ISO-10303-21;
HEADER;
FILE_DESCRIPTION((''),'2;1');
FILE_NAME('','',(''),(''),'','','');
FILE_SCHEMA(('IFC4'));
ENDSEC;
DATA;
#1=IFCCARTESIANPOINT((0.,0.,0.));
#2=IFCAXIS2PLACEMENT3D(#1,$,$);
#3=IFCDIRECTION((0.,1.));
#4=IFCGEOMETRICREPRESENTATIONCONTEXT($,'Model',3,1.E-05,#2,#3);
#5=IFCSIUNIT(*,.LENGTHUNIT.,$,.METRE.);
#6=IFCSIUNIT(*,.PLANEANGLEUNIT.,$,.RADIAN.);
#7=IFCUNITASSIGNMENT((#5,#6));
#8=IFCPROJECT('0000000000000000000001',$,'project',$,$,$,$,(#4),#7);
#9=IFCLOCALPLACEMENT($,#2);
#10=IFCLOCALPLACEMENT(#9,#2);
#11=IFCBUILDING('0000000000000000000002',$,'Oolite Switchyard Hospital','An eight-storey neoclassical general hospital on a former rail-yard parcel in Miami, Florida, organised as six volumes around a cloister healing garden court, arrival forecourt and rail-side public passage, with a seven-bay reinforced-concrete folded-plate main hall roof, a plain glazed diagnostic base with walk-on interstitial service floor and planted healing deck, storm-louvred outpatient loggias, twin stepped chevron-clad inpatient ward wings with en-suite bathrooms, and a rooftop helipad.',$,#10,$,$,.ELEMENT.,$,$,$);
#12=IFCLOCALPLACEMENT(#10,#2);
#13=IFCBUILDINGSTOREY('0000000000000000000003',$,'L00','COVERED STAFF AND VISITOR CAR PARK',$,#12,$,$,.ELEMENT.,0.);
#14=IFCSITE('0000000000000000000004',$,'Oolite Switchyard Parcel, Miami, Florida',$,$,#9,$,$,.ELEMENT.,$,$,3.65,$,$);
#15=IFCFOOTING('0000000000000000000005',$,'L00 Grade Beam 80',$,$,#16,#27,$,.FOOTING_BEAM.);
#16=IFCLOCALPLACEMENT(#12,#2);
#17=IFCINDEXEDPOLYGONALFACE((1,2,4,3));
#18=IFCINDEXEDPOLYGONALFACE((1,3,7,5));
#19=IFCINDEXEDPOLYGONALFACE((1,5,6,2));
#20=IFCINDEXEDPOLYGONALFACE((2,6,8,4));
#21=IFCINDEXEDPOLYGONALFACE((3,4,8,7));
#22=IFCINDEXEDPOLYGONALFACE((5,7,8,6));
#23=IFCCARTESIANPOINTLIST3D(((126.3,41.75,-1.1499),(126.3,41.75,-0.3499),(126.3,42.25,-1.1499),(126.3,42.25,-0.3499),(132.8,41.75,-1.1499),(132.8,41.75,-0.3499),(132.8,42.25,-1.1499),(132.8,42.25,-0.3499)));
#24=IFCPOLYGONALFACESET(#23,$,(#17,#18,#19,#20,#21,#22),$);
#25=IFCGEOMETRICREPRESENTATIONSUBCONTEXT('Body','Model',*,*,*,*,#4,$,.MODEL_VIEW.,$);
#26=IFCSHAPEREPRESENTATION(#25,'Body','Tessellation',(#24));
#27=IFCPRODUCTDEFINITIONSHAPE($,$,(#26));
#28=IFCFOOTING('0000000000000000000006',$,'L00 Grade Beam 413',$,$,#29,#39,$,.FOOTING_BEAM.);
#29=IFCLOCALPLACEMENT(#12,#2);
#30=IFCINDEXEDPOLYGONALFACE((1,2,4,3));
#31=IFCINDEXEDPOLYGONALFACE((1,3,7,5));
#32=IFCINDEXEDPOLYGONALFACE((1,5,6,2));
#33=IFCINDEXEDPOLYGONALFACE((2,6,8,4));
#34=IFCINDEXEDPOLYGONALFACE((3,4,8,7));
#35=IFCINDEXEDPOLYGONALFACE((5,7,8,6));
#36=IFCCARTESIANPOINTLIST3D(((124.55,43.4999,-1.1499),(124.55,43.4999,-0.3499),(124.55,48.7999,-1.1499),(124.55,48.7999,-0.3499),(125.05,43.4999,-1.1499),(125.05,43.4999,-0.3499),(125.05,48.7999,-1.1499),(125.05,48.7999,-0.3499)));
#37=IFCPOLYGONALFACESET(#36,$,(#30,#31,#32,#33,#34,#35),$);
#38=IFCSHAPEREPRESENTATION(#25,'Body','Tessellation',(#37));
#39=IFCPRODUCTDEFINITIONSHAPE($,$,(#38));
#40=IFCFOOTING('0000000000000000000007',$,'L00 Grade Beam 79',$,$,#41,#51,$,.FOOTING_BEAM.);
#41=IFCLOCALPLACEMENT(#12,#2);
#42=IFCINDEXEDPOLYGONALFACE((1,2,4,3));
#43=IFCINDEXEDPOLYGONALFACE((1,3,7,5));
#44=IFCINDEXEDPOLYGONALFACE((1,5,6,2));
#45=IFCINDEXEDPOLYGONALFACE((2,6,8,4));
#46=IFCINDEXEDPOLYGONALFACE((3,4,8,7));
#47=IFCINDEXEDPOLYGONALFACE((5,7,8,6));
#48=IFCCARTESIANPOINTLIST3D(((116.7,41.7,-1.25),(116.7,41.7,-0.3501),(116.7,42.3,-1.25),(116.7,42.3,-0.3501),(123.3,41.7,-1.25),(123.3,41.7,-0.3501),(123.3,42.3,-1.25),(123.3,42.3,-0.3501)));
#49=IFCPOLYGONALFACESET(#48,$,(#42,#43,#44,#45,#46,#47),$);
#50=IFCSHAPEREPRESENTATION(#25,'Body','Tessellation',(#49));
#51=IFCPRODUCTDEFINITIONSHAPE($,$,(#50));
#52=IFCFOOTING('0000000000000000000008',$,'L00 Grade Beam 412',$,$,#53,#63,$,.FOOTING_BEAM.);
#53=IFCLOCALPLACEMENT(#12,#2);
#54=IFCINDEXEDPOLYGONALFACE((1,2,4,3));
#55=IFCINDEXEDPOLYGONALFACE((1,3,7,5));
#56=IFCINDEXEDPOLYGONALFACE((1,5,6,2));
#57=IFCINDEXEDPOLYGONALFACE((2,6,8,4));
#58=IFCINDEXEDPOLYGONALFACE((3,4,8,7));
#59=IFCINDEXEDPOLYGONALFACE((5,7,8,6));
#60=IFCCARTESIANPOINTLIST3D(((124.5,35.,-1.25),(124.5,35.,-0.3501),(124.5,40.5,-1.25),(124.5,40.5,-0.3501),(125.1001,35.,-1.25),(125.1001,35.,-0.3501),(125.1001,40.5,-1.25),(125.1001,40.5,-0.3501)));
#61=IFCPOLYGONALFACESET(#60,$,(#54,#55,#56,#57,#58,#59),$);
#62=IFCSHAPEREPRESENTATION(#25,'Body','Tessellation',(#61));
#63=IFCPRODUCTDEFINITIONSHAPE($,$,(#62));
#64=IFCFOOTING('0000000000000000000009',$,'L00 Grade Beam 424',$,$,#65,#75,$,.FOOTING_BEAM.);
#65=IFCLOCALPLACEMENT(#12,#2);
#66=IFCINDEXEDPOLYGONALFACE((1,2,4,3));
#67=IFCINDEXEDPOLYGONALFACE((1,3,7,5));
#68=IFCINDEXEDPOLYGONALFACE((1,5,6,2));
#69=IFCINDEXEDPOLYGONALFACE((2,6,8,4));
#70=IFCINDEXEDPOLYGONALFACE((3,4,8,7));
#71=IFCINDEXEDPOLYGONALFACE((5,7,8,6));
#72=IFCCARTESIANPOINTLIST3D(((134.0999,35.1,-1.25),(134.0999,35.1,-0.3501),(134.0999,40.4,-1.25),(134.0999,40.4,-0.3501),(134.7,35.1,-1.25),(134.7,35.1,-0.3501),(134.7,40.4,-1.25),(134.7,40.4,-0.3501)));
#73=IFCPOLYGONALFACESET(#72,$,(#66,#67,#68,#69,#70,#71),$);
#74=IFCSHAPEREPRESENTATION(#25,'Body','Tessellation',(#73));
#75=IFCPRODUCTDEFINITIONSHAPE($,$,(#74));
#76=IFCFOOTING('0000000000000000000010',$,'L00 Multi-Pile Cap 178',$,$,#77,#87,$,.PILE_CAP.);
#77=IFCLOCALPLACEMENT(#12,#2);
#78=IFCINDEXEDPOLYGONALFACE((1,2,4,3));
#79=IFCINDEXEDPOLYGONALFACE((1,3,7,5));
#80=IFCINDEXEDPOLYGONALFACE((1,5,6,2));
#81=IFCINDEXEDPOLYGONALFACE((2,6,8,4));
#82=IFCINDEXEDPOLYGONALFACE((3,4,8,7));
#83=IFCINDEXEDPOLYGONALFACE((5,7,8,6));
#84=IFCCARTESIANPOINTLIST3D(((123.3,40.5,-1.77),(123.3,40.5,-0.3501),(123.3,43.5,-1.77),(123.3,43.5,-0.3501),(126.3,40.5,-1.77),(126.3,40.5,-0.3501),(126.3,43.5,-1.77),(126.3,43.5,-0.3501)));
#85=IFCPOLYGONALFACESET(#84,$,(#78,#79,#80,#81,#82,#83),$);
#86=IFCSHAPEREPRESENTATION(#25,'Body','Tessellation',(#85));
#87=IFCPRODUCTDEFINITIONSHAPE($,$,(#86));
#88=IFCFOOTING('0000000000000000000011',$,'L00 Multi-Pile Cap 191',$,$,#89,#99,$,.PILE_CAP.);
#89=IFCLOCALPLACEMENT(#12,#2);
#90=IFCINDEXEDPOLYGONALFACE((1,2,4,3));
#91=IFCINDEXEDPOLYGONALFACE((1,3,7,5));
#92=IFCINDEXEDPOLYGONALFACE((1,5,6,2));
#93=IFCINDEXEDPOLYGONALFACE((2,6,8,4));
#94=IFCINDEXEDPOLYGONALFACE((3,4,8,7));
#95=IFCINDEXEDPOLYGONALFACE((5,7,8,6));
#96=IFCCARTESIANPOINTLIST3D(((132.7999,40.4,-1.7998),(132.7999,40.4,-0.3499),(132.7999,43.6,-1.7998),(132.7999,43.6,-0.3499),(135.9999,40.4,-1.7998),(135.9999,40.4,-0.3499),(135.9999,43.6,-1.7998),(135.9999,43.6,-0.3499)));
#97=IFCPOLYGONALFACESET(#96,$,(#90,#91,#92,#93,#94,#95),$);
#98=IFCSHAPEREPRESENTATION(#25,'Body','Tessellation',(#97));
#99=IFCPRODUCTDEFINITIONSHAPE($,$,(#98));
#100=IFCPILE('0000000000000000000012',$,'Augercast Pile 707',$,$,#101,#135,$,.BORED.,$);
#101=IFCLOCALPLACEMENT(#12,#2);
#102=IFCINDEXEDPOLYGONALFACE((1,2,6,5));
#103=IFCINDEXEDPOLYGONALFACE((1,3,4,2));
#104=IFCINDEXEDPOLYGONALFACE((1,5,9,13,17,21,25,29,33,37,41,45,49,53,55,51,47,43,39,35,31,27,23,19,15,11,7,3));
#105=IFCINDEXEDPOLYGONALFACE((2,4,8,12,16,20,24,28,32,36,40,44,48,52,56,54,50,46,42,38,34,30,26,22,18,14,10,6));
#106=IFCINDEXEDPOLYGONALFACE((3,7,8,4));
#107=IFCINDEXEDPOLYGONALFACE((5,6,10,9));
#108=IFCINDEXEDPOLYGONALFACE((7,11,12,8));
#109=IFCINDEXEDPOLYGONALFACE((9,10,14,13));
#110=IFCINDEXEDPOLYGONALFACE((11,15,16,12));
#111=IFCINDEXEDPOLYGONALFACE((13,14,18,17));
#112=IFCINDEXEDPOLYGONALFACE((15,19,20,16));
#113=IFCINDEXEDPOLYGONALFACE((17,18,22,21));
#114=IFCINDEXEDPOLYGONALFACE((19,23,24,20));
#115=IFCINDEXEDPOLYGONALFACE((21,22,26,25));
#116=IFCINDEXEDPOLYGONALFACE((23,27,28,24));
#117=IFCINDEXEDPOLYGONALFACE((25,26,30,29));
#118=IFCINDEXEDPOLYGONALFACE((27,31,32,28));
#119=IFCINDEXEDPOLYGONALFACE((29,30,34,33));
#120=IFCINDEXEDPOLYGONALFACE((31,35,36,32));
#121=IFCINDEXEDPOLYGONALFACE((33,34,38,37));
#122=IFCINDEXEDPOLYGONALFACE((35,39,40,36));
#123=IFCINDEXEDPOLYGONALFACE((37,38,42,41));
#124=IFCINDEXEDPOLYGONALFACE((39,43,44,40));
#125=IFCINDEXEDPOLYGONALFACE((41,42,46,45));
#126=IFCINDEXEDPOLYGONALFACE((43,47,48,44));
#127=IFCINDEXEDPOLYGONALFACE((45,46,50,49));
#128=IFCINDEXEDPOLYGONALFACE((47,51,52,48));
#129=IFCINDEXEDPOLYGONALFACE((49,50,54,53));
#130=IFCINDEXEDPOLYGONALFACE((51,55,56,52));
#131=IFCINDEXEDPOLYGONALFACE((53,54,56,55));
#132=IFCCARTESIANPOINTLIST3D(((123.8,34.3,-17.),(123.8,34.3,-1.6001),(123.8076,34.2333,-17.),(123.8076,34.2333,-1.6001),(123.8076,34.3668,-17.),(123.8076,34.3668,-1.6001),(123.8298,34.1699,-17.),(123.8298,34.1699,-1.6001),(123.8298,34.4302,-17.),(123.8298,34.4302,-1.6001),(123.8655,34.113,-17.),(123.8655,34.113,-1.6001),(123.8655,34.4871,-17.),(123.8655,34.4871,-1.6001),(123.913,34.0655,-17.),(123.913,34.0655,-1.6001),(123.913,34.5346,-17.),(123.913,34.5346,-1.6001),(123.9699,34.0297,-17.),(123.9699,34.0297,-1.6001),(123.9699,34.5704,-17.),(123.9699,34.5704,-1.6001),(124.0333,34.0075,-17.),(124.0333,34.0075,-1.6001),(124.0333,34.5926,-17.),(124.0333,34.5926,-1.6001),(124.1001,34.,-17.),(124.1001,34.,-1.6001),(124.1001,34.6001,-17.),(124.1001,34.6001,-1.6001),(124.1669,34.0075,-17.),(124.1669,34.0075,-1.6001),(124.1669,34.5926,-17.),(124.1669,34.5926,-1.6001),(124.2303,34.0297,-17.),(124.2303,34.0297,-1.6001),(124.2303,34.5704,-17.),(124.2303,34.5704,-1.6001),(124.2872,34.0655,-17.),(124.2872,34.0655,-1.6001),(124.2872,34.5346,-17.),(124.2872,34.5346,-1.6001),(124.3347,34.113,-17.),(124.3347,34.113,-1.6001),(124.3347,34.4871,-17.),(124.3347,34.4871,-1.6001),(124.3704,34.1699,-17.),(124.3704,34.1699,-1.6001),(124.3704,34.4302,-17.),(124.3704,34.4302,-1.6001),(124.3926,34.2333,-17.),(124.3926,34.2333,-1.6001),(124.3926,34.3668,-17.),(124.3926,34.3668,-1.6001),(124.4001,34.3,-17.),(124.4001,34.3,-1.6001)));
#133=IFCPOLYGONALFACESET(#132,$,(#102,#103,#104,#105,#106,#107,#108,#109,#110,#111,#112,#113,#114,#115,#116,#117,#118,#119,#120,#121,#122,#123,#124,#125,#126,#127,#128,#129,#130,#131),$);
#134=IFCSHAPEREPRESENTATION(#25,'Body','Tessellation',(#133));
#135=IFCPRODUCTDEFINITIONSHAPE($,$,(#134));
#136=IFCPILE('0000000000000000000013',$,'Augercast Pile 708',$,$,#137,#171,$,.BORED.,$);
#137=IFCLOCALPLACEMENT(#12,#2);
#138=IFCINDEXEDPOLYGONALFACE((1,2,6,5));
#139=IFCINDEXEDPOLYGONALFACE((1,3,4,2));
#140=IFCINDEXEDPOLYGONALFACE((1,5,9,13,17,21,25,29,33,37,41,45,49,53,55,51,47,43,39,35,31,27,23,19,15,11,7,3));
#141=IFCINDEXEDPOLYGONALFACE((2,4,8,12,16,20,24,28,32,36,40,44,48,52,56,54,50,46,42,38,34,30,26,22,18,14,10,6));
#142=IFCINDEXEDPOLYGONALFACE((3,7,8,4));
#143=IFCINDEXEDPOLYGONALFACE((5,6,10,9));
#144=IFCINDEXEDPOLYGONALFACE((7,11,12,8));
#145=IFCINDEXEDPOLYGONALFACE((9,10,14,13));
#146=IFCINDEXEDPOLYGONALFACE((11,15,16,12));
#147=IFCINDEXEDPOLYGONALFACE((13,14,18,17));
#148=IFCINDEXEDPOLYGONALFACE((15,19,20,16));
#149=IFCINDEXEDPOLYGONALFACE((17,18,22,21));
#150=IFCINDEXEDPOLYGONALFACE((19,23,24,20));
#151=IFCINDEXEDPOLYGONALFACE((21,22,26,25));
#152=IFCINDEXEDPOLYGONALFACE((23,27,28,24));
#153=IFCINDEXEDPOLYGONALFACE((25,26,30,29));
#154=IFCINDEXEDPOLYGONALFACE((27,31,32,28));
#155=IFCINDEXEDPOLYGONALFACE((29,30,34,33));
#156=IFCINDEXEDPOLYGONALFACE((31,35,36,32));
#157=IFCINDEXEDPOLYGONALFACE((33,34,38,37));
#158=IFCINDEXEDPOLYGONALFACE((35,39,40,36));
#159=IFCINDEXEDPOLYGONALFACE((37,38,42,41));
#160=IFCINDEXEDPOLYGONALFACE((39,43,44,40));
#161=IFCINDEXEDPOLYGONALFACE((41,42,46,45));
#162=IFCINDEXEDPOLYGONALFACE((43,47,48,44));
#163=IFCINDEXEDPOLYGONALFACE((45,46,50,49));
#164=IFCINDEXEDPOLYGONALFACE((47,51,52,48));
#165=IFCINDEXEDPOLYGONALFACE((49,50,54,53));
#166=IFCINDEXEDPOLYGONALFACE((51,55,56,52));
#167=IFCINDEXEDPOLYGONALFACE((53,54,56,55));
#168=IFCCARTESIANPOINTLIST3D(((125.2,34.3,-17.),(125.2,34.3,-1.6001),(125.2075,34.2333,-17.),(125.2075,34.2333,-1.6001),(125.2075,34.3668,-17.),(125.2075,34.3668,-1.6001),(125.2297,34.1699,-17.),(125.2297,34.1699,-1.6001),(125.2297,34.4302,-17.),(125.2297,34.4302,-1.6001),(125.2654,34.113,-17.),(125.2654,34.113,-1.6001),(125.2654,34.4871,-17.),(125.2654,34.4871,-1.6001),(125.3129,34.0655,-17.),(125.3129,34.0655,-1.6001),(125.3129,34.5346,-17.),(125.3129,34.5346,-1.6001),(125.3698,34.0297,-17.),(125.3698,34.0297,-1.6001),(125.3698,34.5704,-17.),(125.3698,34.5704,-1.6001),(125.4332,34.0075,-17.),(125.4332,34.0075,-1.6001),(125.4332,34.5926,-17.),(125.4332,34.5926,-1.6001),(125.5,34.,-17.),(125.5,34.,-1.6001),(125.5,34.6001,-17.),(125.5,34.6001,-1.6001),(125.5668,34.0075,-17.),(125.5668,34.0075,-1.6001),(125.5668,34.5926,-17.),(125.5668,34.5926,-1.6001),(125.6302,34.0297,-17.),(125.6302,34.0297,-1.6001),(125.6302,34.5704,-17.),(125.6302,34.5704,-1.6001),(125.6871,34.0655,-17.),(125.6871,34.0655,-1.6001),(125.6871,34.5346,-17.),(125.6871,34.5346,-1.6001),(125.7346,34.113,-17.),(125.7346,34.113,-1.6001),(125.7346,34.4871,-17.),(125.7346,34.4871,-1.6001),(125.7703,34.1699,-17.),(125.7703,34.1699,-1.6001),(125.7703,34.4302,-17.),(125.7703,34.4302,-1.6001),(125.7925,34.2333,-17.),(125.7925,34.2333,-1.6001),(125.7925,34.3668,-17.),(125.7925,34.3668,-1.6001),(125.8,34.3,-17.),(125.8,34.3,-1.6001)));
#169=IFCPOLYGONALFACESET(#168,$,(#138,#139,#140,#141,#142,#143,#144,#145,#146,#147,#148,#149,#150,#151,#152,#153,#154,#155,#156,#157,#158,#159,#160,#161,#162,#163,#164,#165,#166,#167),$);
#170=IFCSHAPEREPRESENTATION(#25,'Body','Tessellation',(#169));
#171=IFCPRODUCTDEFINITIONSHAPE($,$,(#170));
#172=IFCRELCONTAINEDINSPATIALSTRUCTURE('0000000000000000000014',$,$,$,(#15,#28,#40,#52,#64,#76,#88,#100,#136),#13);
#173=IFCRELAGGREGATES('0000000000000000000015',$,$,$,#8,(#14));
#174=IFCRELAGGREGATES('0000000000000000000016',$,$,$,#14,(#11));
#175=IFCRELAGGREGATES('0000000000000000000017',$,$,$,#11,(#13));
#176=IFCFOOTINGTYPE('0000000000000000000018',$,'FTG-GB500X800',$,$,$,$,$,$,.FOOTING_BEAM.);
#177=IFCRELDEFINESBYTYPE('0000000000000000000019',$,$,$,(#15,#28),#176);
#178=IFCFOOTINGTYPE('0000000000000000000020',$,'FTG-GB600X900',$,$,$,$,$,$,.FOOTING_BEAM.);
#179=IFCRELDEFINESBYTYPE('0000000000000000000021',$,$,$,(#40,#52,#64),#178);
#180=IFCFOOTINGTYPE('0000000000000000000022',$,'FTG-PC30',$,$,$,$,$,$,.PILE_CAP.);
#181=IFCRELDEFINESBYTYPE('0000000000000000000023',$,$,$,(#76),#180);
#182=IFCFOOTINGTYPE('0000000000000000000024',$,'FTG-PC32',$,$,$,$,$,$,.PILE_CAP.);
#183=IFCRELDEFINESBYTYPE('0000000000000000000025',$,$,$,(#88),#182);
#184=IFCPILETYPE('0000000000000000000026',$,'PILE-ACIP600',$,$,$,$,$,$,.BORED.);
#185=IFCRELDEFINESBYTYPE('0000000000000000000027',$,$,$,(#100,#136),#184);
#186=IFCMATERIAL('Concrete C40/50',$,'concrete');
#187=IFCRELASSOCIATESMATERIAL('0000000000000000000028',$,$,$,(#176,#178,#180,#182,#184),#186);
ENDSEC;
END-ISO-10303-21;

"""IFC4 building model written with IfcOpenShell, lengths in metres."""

from ifc_helpers import new_model, si_unit, direction, frame, origin, origin_2d, place, context, subcontext, project, spatial, rectangle, circle, extrude, material, material_profile, profile_set, type_object, element, save


model = new_model("IFC4")

# Units and contexts
model_context = context("Model", 3, precision=1e-05, world=origin(), true_north=direction((0.0, 1.0)))
body_context = subcontext(model_context, "Body", "Model", "MODEL_VIEW")
ifc_project = project(units=[si_unit("LENGTHUNIT", "METRE"), si_unit("PLANEANGLEUNIT", "RADIAN")], contexts=[model_context])

# Site, building, storey
site_placement = place(None, origin())
site = spatial("IfcSite", under=ifc_project, at=site_placement, Name="Oolite Switchyard Parcel, Miami, Florida", CompositionType="ELEMENT", RefElevation=3.65)
building_placement = place(site_placement, origin())
building = spatial("IfcBuilding", under=site, at=building_placement, Name="Oolite Switchyard Hospital", Description="An eight-storey neoclassical general hospital on a former rail-yard parcel in Miami, Florida, organised as six volumes around a cloister healing garden court, arrival forecourt and rail-side public passage, with a seven-bay reinforced-concrete folded-plate main hall roof, a plain glazed diagnostic base with walk-on interstitial service floor and planted healing deck, storm-louvred outpatient loggias, twin stepped chevron-clad inpatient ward wings with en-suite bathrooms, and a rooftop helipad.", CompositionType="ELEMENT")
storey_placement = place(building_placement, origin())
storey = spatial("IfcBuildingStorey", under=building, at=storey_placement, Name="L00", Description="COVERED STAFF AND VISITOR CAR PARK", CompositionType="ELEMENT", Elevation=0.0)

# Footings
ifc_material_1 = material(Name="Concrete C40/50", Category="concrete")
footing_type_1 = type_object("IfcFootingType", Name="FTG-GB500X800", PredefinedType="FOOTING_BEAM", material=ifc_material_1)
footing_1_placement = place(storey_placement, frame((129.55, 42.0, -1.1499), z_axis=(0.0, 0.0, 1.0), x_axis=(1.0, 0.0, 0.0)))
element("IfcFooting", 1, at=footing_1_placement, inside=storey, type_object=footing_type_1, Name="L00 Grade Beam 80", PredefinedType="FOOTING_BEAM", context=body_context, shape_type="SweptSolid", body=[
    extrude(rectangle(XDim=6.5, YDim=0.5, at=origin_2d()), origin(), (0.0, 0.0, 1.0), 0.8),
])
footing_2_placement = place(storey_placement, frame((124.8, 46.1499, -1.1499), z_axis=(0.0, 0.0, 1.0), x_axis=(0.0, 1.0, 0.0)))
element("IfcFooting", 2, at=footing_2_placement, inside=storey, type_object=footing_type_1, Name="L00 Grade Beam 413", PredefinedType="FOOTING_BEAM", context=body_context, shape_type="SweptSolid", body=[
    extrude(rectangle(XDim=5.3, YDim=0.5, at=origin_2d()), origin(), (0.0, 0.0, 1.0), 0.8),
])
footing_type_2 = type_object("IfcFootingType", Name="FTG-GB600X900", PredefinedType="FOOTING_BEAM", material=ifc_material_1)
footing_3_placement = place(storey_placement, frame((120.0, 42.0, -1.25), z_axis=(0.0, 0.0, 1.0), x_axis=(1.0, 0.0, 0.0)))
element("IfcFooting", 3, at=footing_3_placement, inside=storey, type_object=footing_type_2, Name="L00 Grade Beam 79", PredefinedType="FOOTING_BEAM", context=body_context, shape_type="SweptSolid", body=[
    extrude(rectangle(XDim=6.6001, YDim=0.6001, at=origin_2d()), origin(), (0.0, 0.0, 1.0), 0.8999),
])
footing_4_placement = place(storey_placement, frame((124.8, 37.75, -1.25), z_axis=(0.0, 0.0, 1.0), x_axis=(0.0, 1.0, 0.0)))
element("IfcFooting", 4, at=footing_4_placement, inside=storey, type_object=footing_type_2, Name="L00 Grade Beam 412", PredefinedType="FOOTING_BEAM", context=body_context, shape_type="SweptSolid", body=[
    extrude(rectangle(XDim=5.5, YDim=0.6001, at=origin_2d()), origin(), (0.0, 0.0, 1.0), 0.8999),
])
footing_5_placement = place(storey_placement, frame((134.3999, 37.75, -1.25), z_axis=(0.0, 0.0, 1.0), x_axis=(0.0, 1.0, 0.0)))
element("IfcFooting", 5, at=footing_5_placement, inside=storey, type_object=footing_type_2, Name="L00 Grade Beam 424", PredefinedType="FOOTING_BEAM", context=body_context, shape_type="SweptSolid", body=[
    extrude(rectangle(XDim=5.3, YDim=0.6001, at=origin_2d()), origin(), (0.0, 0.0, 1.0), 0.8999),
])
footing_type_3 = type_object("IfcFootingType", Name="FTG-PC30", PredefinedType="PILE_CAP", material=ifc_material_1)
footing_6_placement = place(storey_placement, frame((124.8, 42.0, -1.77), z_axis=(0.0, 0.0, 1.0), x_axis=(1.0, 0.0, 0.0)))
element("IfcFooting", 6, at=footing_6_placement, inside=storey, type_object=footing_type_3, Name="L00 Multi-Pile Cap 178", PredefinedType="PILE_CAP", context=body_context, shape_type="SweptSolid", body=[
    extrude(rectangle(XDim=3.0, YDim=3.0, at=origin_2d()), origin(), (0.0, 0.0, 1.0), 1.4199),
])
footing_type_4 = type_object("IfcFootingType", Name="FTG-PC32", PredefinedType="PILE_CAP", material=ifc_material_1)
footing_7_placement = place(storey_placement, frame((134.3999, 42.0, -1.7998), z_axis=(0.0, 0.0, 1.0), x_axis=(1.0, 0.0, 0.0)))
element("IfcFooting", 7, at=footing_7_placement, inside=storey, type_object=footing_type_4, Name="L00 Multi-Pile Cap 191", PredefinedType="PILE_CAP", context=body_context, shape_type="SweptSolid", body=[
    extrude(rectangle(XDim=3.2, YDim=3.2, at=origin_2d()), origin(), (0.0, 0.0, 1.0), 1.45),
])

# Piles
ifc_material_profile_1 = material_profile(ifc_material_1, circle(Radius=0.3, at=origin_2d()), Name="PILE600")
ifc_profile_set_1 = profile_set([ifc_material_profile_1], Name="Concrete C40/50")
pile_type = type_object("IfcPileType", Name="PILE-ACIP600", PredefinedType="BORED", material=ifc_profile_set_1)
for number, where, z_axis, x_axis, name in (
    (8, (124.1001, 34.3, -1.6001), (0.0, 0.0, -1.0), (1.0, 0.0, 0.0), "Augercast Pile 707"),
    (9, (125.5, 34.3, -1.6001), (0.0, 0.0, -1.0), (1.0, 0.0, 0.0), "Augercast Pile 708"),
):
    element("IfcPile", number, at=place(storey_placement, frame(where, z_axis=z_axis, x_axis=x_axis)), inside=storey, type_object=pile_type, Name=name, PredefinedType="BORED", context=body_context, shape_type="SweptSolid", body=[
        extrude(circle(Radius=0.3, at=origin_2d()), origin(), (0.0, 0.0, 1.0), 15.3999),
    ])

save(model, "model.ifc")
